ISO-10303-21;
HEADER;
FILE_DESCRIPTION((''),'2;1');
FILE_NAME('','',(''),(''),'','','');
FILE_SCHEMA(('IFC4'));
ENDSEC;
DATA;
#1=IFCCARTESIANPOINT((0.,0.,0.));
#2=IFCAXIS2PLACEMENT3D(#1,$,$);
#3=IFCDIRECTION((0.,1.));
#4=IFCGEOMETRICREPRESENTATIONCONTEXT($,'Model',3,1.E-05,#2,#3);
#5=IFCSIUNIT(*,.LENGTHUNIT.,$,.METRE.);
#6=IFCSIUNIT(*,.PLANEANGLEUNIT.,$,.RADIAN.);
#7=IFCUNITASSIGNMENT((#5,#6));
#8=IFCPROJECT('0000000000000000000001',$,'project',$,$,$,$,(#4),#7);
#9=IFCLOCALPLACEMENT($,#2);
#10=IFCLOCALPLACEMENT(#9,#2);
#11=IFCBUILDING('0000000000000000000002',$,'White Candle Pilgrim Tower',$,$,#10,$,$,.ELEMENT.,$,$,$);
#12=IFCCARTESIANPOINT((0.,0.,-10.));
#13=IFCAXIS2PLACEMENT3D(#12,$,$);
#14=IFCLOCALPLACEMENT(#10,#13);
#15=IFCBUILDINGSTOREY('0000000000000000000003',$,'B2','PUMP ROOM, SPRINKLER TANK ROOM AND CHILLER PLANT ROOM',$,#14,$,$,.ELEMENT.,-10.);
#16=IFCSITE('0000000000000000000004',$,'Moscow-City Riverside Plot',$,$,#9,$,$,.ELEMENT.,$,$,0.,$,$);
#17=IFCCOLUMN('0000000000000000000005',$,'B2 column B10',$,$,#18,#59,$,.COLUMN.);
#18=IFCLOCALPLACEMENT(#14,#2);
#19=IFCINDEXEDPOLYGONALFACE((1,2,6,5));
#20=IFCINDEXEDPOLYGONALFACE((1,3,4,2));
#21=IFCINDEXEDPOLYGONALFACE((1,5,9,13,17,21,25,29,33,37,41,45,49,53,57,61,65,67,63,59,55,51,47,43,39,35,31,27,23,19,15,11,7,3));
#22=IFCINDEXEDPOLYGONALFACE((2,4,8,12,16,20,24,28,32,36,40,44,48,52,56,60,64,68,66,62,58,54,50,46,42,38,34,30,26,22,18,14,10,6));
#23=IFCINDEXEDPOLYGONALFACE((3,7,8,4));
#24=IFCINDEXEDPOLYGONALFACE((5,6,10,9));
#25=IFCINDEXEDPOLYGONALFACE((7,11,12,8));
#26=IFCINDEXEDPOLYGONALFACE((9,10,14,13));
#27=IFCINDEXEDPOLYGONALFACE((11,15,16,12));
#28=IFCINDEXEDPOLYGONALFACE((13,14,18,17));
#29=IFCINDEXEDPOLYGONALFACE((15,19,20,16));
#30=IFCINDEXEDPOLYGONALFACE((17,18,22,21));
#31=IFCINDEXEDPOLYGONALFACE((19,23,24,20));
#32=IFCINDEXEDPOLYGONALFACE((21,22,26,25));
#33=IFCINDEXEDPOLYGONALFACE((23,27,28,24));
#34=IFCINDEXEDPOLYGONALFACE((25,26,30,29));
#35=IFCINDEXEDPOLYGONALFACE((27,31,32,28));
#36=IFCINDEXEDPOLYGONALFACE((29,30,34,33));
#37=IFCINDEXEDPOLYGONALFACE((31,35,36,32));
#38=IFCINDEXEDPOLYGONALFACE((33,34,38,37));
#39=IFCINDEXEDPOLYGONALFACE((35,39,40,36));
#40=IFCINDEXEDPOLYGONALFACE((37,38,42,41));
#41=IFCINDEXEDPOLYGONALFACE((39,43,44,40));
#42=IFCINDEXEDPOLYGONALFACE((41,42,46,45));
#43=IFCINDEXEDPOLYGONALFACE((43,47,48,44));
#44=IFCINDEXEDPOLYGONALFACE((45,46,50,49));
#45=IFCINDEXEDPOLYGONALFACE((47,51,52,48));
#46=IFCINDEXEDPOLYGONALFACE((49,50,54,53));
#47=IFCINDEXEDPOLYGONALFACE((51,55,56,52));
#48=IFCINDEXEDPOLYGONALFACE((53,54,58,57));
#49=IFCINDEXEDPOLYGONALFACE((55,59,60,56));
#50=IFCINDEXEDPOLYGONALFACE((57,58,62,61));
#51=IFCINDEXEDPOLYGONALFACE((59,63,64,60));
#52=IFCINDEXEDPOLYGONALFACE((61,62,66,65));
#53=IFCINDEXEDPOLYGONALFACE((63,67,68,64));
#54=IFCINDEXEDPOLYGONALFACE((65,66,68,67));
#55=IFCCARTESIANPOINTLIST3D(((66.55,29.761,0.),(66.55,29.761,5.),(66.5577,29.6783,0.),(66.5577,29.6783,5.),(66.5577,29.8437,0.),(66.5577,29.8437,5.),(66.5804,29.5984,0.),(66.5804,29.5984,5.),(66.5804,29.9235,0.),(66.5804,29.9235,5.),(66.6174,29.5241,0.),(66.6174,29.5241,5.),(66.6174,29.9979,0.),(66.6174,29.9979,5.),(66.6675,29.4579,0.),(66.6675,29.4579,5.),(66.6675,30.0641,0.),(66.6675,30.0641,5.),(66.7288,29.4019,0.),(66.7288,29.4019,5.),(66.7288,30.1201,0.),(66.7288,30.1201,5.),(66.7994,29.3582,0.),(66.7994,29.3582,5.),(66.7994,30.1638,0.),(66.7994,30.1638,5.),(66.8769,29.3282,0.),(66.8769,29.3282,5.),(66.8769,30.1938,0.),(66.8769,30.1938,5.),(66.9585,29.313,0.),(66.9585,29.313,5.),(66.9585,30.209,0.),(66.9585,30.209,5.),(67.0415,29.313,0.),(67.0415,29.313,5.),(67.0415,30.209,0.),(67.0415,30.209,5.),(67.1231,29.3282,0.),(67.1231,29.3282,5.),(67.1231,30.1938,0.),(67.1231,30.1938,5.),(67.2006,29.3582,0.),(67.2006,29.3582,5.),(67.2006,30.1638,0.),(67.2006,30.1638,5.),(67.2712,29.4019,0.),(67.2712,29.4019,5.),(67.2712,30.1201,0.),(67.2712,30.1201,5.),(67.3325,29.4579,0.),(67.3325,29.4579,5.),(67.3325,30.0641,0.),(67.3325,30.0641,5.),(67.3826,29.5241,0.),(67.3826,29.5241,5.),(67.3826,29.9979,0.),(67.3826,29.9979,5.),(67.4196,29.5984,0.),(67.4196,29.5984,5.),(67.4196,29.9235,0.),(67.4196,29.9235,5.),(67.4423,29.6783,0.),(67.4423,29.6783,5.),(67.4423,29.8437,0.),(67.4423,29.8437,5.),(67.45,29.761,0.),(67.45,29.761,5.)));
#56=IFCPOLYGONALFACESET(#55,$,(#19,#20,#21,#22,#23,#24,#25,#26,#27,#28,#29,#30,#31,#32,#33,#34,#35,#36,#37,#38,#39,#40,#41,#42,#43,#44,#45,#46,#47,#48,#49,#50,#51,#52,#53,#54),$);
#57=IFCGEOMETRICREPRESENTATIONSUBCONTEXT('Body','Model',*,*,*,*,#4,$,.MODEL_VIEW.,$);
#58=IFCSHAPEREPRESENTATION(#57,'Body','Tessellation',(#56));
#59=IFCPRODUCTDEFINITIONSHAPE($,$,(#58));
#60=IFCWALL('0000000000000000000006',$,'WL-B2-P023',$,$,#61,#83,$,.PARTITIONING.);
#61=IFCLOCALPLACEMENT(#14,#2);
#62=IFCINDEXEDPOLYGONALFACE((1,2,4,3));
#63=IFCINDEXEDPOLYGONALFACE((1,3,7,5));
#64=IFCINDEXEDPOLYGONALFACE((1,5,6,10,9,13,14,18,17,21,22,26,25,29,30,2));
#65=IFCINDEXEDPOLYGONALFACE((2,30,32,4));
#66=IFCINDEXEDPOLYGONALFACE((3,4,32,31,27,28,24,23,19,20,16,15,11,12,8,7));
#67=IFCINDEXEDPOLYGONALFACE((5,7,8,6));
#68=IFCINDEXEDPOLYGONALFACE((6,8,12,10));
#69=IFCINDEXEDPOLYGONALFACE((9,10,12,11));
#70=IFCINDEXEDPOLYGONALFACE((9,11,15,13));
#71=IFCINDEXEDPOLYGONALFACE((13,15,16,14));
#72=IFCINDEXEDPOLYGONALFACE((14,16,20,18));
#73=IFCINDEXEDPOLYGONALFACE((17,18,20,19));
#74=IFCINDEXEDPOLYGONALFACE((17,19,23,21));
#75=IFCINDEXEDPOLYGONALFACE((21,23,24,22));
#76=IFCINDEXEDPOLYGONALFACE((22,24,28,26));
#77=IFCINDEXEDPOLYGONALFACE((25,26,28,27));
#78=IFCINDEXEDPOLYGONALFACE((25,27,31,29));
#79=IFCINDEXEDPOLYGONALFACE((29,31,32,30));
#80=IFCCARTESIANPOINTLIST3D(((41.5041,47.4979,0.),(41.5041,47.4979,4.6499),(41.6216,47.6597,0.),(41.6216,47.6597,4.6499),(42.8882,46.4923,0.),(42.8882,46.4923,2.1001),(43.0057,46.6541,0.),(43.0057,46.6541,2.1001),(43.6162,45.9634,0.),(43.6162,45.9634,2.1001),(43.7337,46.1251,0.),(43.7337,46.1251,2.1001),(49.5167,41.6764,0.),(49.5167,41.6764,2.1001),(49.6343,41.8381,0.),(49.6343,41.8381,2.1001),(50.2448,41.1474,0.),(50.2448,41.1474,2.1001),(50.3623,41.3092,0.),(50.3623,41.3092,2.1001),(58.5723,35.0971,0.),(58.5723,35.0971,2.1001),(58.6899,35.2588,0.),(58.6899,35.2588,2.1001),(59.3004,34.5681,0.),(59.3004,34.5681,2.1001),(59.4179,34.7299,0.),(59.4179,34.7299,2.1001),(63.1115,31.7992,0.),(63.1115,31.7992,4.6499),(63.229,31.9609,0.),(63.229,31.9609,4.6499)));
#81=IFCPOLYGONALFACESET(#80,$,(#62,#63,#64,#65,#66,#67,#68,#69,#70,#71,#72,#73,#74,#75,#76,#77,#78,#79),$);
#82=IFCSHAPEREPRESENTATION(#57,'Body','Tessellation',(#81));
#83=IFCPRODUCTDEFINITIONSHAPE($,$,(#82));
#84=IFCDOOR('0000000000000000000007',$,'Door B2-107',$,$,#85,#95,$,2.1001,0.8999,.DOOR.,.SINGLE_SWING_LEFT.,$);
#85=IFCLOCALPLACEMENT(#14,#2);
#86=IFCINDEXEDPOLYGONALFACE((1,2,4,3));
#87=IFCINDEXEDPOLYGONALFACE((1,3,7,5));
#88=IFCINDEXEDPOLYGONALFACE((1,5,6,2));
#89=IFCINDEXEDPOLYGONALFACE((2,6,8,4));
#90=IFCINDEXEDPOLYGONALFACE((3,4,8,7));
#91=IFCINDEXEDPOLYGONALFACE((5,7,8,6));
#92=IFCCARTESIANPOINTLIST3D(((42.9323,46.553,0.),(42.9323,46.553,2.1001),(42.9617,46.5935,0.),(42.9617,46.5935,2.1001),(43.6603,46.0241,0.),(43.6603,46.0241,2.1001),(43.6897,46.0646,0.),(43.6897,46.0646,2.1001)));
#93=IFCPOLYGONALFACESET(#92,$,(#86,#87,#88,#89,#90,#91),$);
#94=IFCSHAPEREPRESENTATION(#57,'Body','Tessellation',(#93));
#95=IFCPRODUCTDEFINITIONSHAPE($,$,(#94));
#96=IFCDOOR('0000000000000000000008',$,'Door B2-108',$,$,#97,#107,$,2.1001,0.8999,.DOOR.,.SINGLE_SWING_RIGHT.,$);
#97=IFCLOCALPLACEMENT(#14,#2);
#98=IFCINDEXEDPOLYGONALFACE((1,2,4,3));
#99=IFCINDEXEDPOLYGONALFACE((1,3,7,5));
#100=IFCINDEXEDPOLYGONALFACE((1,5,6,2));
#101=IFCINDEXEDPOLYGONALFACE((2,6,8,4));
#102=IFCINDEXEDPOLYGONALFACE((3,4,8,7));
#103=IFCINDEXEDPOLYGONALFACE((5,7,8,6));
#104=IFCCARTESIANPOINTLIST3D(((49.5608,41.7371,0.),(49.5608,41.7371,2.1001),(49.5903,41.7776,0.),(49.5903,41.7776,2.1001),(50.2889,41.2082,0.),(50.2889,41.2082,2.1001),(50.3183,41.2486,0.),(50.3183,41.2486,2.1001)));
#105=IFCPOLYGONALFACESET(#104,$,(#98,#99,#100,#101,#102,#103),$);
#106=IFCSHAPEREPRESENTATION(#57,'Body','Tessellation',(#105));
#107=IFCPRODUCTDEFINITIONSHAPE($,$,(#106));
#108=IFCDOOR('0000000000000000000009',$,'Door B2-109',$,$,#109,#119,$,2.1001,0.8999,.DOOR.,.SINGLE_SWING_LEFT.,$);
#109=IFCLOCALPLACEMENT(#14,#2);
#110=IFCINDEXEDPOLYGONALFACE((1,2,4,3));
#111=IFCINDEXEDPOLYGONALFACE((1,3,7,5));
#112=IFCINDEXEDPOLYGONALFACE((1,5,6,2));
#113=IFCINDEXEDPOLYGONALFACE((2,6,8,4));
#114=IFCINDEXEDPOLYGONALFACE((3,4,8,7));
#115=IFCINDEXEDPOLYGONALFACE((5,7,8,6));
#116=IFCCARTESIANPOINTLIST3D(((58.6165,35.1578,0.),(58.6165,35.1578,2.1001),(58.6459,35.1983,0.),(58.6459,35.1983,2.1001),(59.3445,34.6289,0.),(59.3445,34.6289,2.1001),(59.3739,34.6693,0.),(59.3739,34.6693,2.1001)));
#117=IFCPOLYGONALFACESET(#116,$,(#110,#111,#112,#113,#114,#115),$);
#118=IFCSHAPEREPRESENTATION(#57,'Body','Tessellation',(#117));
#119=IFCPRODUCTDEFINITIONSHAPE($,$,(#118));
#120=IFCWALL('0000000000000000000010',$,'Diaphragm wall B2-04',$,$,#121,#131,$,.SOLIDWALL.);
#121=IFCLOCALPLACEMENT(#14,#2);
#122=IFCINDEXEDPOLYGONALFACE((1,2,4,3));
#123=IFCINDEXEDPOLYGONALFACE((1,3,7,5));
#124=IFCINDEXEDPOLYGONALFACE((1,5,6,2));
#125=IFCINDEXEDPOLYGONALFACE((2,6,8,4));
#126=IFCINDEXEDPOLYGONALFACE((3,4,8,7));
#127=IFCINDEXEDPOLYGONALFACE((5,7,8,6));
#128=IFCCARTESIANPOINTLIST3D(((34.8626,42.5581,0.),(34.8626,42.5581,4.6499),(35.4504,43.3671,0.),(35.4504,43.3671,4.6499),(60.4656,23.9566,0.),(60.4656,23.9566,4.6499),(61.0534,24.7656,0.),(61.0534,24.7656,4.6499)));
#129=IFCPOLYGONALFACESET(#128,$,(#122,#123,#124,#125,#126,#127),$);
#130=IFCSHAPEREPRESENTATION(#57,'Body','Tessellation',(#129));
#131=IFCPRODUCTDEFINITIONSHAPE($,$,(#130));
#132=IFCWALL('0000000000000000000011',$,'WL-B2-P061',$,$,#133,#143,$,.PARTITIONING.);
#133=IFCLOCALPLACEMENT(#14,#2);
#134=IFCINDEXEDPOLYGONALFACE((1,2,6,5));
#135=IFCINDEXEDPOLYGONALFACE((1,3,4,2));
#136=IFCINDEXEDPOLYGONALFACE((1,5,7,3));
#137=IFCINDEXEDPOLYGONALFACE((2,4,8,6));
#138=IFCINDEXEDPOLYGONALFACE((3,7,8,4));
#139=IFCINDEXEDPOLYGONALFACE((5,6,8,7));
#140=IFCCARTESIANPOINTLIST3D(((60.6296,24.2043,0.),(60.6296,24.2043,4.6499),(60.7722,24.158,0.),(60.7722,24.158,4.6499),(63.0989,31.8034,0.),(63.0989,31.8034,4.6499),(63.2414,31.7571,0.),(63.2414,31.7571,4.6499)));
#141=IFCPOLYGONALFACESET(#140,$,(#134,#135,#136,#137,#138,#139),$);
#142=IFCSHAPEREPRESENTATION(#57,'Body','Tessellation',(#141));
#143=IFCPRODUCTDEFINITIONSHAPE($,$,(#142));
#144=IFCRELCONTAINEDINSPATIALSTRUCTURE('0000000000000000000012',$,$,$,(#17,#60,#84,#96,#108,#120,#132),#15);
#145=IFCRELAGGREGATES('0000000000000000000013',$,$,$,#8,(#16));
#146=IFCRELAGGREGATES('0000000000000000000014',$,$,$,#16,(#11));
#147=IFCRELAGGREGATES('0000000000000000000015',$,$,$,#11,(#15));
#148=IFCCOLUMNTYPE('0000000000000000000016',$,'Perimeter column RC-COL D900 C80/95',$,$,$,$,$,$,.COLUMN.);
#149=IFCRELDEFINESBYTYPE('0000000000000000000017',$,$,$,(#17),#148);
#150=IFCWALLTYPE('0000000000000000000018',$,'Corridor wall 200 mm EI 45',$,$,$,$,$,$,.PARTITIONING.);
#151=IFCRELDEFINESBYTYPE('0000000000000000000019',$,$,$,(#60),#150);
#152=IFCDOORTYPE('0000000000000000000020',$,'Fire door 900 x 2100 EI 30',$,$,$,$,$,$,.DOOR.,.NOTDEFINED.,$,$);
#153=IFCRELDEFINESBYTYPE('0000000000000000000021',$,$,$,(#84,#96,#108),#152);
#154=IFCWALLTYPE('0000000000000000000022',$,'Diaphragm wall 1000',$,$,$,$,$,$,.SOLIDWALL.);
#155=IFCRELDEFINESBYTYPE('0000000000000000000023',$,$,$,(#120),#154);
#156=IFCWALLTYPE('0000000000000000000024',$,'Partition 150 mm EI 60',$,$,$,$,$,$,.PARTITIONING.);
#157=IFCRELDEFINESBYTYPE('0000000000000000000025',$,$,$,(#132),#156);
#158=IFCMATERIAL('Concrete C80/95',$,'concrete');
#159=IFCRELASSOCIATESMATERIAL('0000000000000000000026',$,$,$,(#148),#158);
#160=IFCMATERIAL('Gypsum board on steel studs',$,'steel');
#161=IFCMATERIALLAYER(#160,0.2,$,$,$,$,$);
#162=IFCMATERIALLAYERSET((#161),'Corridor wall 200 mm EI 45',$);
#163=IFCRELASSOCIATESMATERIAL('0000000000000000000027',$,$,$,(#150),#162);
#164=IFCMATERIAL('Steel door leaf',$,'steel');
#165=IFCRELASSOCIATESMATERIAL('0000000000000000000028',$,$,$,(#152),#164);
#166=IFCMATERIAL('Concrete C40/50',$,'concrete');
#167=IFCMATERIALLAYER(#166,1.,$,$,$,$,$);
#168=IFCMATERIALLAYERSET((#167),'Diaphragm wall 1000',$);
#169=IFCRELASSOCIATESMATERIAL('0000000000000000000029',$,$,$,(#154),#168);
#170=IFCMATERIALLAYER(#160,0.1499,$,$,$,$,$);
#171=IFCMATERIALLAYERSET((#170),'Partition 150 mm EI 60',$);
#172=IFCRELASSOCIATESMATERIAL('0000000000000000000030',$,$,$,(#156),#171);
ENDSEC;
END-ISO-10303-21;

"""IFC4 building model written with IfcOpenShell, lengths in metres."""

from ifc_helpers import new_model, si_unit, direction, frame, frame_2d, origin, origin_2d, place, context, subcontext, project, spatial, rectangle, circle, extrude, material, layer, layer_set, material_profile, profile_set, type_object, element, fill, save


model = new_model("IFC4")

# Units and contexts
model_context = context("Model", 3, precision=1e-05, world=origin(), true_north=direction((0.0, 1.0)))
body_context = subcontext(model_context, "Body", "Model", "MODEL_VIEW")
ifc_project = project(units=[si_unit("LENGTHUNIT", "METRE"), si_unit("PLANEANGLEUNIT", "RADIAN")], contexts=[model_context])

# Site, building, storey
site_placement = place(None, origin())
site = spatial("IfcSite", under=ifc_project, at=site_placement, Name="Moscow-City Riverside Plot", CompositionType="ELEMENT", RefElevation=0.0)
building_placement = place(site_placement, origin())
building = spatial("IfcBuilding", under=site, at=building_placement, Name="White Candle Pilgrim Tower", CompositionType="ELEMENT")
storey_placement = place(building_placement, frame((0.0, 0.0, -10.0)))
storey = spatial("IfcBuildingStorey", under=building, at=storey_placement, Name="B2", Description="PUMP ROOM, SPRINKLER TANK ROOM AND CHILLER PLANT ROOM", CompositionType="ELEMENT", Elevation=-10.0)

# Shared definitions
ifc_material_1 = material(Name="Concrete C40/50", Category="concrete")

# Column
ifc_material_2 = material(Name="Concrete C80/95", Category="concrete")
ifc_material_profile_1 = material_profile(ifc_material_2, circle(Radius=0.45, at=origin_2d()), Name="RC-COL D900")
ifc_profile_set_1 = profile_set([ifc_material_profile_1], Name="Concrete C80/95")
column_type = type_object("IfcColumnType", Name="Perimeter column RC-COL D900 C80/95", PredefinedType="COLUMN", material=ifc_profile_set_1)
for number, where, z_axis, x_axis, name in (
    (1, (67.0, 29.761, 0.0), (0.0, 0.0, 1.0), (1.0, 0.0, 0.0), "B2 column B10"),
):
    element("IfcColumn", number, at=place(storey_placement, frame(where, z_axis=z_axis, x_axis=x_axis)), inside=storey, type_object=column_type, Name=name, PredefinedType="COLUMN", context=body_context, shape_type="SweptSolid", body=[
        extrude(circle(Radius=0.45, at=origin_2d()), origin(), (0.0, 0.0, 1.0), 5.0),
    ])

# Wall, openings, doors
ifc_material_3 = material(Name="Gypsum board on steel studs", Category="steel")
ifc_layer_1 = layer(ifc_material_3, 0.2)
ifc_layer_set_1 = layer_set([ifc_layer_1], Name="Corridor wall 200 mm EI 45")
wall_type_1 = type_object("IfcWallType", Name="Corridor wall 200 mm EI 45", PredefinedType="PARTITIONING", material=ifc_layer_set_1)
wall_1_placement = place(storey_placement, frame((63.1702, 31.8801, 0.0), z_axis=(0.0, 0.0, 1.0), x_axis=(-0.809017, 0.587786, 0.0)))
wall_1 = element("IfcWall", 2, at=wall_1_placement, inside=storey, type_object=wall_type_1, Name="WL-B2-P023", PredefinedType="PARTITIONING", context=body_context, shape_type="SweptSolid", body=[
    extrude(rectangle(XDim=26.7083, YDim=0.2, at=frame_2d((13.354, 0.0))), origin(), (0.0, 0.0, 1.0), 4.6499),
])
opening_1_placement = place(wall_1_placement, frame((24.0974, 0.0, 0.0)))
opening_1 = element("IfcOpeningElement", 3, at=opening_1_placement, cuts=wall_1, PredefinedType="OPENING", context=body_context, shape_type="SweptSolid", body=[
    extrude(rectangle(XDim=0.8999, YDim=2.1001, at=frame_2d((0.45, 1.05))), frame((0.0, 0.1099, 0.0), z_axis=(0.0, -1.0, 0.0), x_axis=(1.0, 0.0, 0.0)), (0.0, 0.0, 1.0), 0.22),
])
opening_2_placement = place(wall_1_placement, frame((15.9041, 0.0, 0.0)))
opening_2 = element("IfcOpeningElement", 4, at=opening_2_placement, cuts=wall_1, PredefinedType="OPENING", context=body_context, shape_type="SweptSolid", body=[
    extrude(rectangle(XDim=0.8999, YDim=2.1001, at=frame_2d((0.45, 1.05))), frame((0.0, 0.1099, 0.0), z_axis=(0.0, -1.0, 0.0), x_axis=(1.0, 0.0, 0.0)), (0.0, 0.0, 1.0), 0.22),
])
opening_3_placement = place(wall_1_placement, frame((4.7107, 0.0, 0.0)))
opening_3 = element("IfcOpeningElement", 5, at=opening_3_placement, cuts=wall_1, PredefinedType="OPENING", context=body_context, shape_type="SweptSolid", body=[
    extrude(rectangle(XDim=0.8999, YDim=2.1001, at=frame_2d((0.45, 1.05))), frame((0.0, 0.1099, 0.0), z_axis=(0.0, -1.0, 0.0), x_axis=(1.0, 0.0, 0.0)), (0.0, 0.0, 1.0), 0.22),
])
ifc_material_4 = material(Name="Steel door leaf", Category="steel")
door_type = type_object("IfcDoorType", Name="Fire door 900 x 2100 EI 30", OperationType="NOTDEFINED", PredefinedType="DOOR", material=ifc_material_4)
door_1_placement = place(opening_1_placement, origin())
door_1 = element("IfcDoor", 6, at=door_1_placement, inside=storey, type_object=door_type, Name="Door B2-107", OperationType="SINGLE_SWING_LEFT", OverallHeight=2.1001, OverallWidth=0.8999, PredefinedType="DOOR", context=body_context, shape_type="SweptSolid", body=[
    extrude(rectangle(XDim=0.8999, YDim=2.1001, at=frame_2d((0.45, 1.05))), frame((0.0, 0.0249, 0.0), z_axis=(0.0, -1.0, 0.0), x_axis=(1.0, 0.0, 0.0)), (0.0, 0.0, 1.0), 0.05),
])
fill(opening_1, door_1)
door_2_placement = place(opening_2_placement, origin())
door_2 = element("IfcDoor", 7, at=door_2_placement, inside=storey, type_object=door_type, Name="Door B2-108", OperationType="SINGLE_SWING_RIGHT", OverallHeight=2.1001, OverallWidth=0.8999, PredefinedType="DOOR", context=body_context, shape_type="SweptSolid", body=[
    extrude(rectangle(XDim=0.8999, YDim=2.1001, at=frame_2d((0.45, 1.05))), frame((0.0, 0.0249, 0.0), z_axis=(0.0, -1.0, 0.0), x_axis=(1.0, 0.0, 0.0)), (0.0, 0.0, 1.0), 0.05),
])
fill(opening_2, door_2)
door_3_placement = place(opening_3_placement, origin())
door_3 = element("IfcDoor", 8, at=door_3_placement, inside=storey, type_object=door_type, Name="Door B2-109", OperationType="SINGLE_SWING_LEFT", OverallHeight=2.1001, OverallWidth=0.8999, PredefinedType="DOOR", context=body_context, shape_type="SweptSolid", body=[
    extrude(rectangle(XDim=0.8999, YDim=2.1001, at=frame_2d((0.45, 1.05))), frame((0.0, 0.0249, 0.0), z_axis=(0.0, -1.0, 0.0), x_axis=(1.0, 0.0, 0.0)), (0.0, 0.0, 1.0), 0.05),
])
fill(opening_3, door_3)

# Walls
ifc_layer_2 = layer(ifc_material_1, 1.0)
ifc_layer_set_2 = layer_set([ifc_layer_2], Name="Diaphragm wall 1000")
wall_type_2 = type_object("IfcWallType", Name="Diaphragm wall 1000", PredefinedType="SOLIDWALL", material=ifc_layer_set_2)
wall_2_placement = place(storey_placement, frame((60.7595, 24.3611, 0.0), z_axis=(0.0, 0.0, 1.0), x_axis=(-0.809019, 0.587783, 0.0)))
element("IfcWall", 9, at=wall_2_placement, inside=storey, type_object=wall_type_2, Name="Diaphragm wall B2-04", PredefinedType="SOLIDWALL", context=body_context, shape_type="SweptSolid", body=[
    extrude(rectangle(XDim=31.647, YDim=1.0, at=frame_2d((15.8235, 0.0))), origin(), (0.0, 0.0, 1.0), 4.6499),
])
ifc_layer_3 = layer(ifc_material_3, 0.1499)
ifc_layer_set_3 = layer_set([ifc_layer_3], Name="Partition 150 mm EI 60")
wall_type_3 = type_object("IfcWallType", Name="Partition 150 mm EI 60", PredefinedType="PARTITIONING", material=ifc_layer_set_3)
wall_3_placement = place(storey_placement, frame((60.7009, 24.1812, 0.0), z_axis=(0.0, 0.0, 1.0), x_axis=(0.309032, 0.951052, 0.0)))
element("IfcWall", 10, at=wall_3_placement, inside=storey, type_object=wall_type_3, Name="WL-B2-P061", PredefinedType="PARTITIONING", context=body_context, shape_type="SweptSolid", body=[
    extrude(rectangle(XDim=7.9902, YDim=0.1499, at=frame_2d((3.9951, 0.0))), origin(), (0.0, 0.0, 1.0), 4.6499),
])

save(model, "model.ifc")
